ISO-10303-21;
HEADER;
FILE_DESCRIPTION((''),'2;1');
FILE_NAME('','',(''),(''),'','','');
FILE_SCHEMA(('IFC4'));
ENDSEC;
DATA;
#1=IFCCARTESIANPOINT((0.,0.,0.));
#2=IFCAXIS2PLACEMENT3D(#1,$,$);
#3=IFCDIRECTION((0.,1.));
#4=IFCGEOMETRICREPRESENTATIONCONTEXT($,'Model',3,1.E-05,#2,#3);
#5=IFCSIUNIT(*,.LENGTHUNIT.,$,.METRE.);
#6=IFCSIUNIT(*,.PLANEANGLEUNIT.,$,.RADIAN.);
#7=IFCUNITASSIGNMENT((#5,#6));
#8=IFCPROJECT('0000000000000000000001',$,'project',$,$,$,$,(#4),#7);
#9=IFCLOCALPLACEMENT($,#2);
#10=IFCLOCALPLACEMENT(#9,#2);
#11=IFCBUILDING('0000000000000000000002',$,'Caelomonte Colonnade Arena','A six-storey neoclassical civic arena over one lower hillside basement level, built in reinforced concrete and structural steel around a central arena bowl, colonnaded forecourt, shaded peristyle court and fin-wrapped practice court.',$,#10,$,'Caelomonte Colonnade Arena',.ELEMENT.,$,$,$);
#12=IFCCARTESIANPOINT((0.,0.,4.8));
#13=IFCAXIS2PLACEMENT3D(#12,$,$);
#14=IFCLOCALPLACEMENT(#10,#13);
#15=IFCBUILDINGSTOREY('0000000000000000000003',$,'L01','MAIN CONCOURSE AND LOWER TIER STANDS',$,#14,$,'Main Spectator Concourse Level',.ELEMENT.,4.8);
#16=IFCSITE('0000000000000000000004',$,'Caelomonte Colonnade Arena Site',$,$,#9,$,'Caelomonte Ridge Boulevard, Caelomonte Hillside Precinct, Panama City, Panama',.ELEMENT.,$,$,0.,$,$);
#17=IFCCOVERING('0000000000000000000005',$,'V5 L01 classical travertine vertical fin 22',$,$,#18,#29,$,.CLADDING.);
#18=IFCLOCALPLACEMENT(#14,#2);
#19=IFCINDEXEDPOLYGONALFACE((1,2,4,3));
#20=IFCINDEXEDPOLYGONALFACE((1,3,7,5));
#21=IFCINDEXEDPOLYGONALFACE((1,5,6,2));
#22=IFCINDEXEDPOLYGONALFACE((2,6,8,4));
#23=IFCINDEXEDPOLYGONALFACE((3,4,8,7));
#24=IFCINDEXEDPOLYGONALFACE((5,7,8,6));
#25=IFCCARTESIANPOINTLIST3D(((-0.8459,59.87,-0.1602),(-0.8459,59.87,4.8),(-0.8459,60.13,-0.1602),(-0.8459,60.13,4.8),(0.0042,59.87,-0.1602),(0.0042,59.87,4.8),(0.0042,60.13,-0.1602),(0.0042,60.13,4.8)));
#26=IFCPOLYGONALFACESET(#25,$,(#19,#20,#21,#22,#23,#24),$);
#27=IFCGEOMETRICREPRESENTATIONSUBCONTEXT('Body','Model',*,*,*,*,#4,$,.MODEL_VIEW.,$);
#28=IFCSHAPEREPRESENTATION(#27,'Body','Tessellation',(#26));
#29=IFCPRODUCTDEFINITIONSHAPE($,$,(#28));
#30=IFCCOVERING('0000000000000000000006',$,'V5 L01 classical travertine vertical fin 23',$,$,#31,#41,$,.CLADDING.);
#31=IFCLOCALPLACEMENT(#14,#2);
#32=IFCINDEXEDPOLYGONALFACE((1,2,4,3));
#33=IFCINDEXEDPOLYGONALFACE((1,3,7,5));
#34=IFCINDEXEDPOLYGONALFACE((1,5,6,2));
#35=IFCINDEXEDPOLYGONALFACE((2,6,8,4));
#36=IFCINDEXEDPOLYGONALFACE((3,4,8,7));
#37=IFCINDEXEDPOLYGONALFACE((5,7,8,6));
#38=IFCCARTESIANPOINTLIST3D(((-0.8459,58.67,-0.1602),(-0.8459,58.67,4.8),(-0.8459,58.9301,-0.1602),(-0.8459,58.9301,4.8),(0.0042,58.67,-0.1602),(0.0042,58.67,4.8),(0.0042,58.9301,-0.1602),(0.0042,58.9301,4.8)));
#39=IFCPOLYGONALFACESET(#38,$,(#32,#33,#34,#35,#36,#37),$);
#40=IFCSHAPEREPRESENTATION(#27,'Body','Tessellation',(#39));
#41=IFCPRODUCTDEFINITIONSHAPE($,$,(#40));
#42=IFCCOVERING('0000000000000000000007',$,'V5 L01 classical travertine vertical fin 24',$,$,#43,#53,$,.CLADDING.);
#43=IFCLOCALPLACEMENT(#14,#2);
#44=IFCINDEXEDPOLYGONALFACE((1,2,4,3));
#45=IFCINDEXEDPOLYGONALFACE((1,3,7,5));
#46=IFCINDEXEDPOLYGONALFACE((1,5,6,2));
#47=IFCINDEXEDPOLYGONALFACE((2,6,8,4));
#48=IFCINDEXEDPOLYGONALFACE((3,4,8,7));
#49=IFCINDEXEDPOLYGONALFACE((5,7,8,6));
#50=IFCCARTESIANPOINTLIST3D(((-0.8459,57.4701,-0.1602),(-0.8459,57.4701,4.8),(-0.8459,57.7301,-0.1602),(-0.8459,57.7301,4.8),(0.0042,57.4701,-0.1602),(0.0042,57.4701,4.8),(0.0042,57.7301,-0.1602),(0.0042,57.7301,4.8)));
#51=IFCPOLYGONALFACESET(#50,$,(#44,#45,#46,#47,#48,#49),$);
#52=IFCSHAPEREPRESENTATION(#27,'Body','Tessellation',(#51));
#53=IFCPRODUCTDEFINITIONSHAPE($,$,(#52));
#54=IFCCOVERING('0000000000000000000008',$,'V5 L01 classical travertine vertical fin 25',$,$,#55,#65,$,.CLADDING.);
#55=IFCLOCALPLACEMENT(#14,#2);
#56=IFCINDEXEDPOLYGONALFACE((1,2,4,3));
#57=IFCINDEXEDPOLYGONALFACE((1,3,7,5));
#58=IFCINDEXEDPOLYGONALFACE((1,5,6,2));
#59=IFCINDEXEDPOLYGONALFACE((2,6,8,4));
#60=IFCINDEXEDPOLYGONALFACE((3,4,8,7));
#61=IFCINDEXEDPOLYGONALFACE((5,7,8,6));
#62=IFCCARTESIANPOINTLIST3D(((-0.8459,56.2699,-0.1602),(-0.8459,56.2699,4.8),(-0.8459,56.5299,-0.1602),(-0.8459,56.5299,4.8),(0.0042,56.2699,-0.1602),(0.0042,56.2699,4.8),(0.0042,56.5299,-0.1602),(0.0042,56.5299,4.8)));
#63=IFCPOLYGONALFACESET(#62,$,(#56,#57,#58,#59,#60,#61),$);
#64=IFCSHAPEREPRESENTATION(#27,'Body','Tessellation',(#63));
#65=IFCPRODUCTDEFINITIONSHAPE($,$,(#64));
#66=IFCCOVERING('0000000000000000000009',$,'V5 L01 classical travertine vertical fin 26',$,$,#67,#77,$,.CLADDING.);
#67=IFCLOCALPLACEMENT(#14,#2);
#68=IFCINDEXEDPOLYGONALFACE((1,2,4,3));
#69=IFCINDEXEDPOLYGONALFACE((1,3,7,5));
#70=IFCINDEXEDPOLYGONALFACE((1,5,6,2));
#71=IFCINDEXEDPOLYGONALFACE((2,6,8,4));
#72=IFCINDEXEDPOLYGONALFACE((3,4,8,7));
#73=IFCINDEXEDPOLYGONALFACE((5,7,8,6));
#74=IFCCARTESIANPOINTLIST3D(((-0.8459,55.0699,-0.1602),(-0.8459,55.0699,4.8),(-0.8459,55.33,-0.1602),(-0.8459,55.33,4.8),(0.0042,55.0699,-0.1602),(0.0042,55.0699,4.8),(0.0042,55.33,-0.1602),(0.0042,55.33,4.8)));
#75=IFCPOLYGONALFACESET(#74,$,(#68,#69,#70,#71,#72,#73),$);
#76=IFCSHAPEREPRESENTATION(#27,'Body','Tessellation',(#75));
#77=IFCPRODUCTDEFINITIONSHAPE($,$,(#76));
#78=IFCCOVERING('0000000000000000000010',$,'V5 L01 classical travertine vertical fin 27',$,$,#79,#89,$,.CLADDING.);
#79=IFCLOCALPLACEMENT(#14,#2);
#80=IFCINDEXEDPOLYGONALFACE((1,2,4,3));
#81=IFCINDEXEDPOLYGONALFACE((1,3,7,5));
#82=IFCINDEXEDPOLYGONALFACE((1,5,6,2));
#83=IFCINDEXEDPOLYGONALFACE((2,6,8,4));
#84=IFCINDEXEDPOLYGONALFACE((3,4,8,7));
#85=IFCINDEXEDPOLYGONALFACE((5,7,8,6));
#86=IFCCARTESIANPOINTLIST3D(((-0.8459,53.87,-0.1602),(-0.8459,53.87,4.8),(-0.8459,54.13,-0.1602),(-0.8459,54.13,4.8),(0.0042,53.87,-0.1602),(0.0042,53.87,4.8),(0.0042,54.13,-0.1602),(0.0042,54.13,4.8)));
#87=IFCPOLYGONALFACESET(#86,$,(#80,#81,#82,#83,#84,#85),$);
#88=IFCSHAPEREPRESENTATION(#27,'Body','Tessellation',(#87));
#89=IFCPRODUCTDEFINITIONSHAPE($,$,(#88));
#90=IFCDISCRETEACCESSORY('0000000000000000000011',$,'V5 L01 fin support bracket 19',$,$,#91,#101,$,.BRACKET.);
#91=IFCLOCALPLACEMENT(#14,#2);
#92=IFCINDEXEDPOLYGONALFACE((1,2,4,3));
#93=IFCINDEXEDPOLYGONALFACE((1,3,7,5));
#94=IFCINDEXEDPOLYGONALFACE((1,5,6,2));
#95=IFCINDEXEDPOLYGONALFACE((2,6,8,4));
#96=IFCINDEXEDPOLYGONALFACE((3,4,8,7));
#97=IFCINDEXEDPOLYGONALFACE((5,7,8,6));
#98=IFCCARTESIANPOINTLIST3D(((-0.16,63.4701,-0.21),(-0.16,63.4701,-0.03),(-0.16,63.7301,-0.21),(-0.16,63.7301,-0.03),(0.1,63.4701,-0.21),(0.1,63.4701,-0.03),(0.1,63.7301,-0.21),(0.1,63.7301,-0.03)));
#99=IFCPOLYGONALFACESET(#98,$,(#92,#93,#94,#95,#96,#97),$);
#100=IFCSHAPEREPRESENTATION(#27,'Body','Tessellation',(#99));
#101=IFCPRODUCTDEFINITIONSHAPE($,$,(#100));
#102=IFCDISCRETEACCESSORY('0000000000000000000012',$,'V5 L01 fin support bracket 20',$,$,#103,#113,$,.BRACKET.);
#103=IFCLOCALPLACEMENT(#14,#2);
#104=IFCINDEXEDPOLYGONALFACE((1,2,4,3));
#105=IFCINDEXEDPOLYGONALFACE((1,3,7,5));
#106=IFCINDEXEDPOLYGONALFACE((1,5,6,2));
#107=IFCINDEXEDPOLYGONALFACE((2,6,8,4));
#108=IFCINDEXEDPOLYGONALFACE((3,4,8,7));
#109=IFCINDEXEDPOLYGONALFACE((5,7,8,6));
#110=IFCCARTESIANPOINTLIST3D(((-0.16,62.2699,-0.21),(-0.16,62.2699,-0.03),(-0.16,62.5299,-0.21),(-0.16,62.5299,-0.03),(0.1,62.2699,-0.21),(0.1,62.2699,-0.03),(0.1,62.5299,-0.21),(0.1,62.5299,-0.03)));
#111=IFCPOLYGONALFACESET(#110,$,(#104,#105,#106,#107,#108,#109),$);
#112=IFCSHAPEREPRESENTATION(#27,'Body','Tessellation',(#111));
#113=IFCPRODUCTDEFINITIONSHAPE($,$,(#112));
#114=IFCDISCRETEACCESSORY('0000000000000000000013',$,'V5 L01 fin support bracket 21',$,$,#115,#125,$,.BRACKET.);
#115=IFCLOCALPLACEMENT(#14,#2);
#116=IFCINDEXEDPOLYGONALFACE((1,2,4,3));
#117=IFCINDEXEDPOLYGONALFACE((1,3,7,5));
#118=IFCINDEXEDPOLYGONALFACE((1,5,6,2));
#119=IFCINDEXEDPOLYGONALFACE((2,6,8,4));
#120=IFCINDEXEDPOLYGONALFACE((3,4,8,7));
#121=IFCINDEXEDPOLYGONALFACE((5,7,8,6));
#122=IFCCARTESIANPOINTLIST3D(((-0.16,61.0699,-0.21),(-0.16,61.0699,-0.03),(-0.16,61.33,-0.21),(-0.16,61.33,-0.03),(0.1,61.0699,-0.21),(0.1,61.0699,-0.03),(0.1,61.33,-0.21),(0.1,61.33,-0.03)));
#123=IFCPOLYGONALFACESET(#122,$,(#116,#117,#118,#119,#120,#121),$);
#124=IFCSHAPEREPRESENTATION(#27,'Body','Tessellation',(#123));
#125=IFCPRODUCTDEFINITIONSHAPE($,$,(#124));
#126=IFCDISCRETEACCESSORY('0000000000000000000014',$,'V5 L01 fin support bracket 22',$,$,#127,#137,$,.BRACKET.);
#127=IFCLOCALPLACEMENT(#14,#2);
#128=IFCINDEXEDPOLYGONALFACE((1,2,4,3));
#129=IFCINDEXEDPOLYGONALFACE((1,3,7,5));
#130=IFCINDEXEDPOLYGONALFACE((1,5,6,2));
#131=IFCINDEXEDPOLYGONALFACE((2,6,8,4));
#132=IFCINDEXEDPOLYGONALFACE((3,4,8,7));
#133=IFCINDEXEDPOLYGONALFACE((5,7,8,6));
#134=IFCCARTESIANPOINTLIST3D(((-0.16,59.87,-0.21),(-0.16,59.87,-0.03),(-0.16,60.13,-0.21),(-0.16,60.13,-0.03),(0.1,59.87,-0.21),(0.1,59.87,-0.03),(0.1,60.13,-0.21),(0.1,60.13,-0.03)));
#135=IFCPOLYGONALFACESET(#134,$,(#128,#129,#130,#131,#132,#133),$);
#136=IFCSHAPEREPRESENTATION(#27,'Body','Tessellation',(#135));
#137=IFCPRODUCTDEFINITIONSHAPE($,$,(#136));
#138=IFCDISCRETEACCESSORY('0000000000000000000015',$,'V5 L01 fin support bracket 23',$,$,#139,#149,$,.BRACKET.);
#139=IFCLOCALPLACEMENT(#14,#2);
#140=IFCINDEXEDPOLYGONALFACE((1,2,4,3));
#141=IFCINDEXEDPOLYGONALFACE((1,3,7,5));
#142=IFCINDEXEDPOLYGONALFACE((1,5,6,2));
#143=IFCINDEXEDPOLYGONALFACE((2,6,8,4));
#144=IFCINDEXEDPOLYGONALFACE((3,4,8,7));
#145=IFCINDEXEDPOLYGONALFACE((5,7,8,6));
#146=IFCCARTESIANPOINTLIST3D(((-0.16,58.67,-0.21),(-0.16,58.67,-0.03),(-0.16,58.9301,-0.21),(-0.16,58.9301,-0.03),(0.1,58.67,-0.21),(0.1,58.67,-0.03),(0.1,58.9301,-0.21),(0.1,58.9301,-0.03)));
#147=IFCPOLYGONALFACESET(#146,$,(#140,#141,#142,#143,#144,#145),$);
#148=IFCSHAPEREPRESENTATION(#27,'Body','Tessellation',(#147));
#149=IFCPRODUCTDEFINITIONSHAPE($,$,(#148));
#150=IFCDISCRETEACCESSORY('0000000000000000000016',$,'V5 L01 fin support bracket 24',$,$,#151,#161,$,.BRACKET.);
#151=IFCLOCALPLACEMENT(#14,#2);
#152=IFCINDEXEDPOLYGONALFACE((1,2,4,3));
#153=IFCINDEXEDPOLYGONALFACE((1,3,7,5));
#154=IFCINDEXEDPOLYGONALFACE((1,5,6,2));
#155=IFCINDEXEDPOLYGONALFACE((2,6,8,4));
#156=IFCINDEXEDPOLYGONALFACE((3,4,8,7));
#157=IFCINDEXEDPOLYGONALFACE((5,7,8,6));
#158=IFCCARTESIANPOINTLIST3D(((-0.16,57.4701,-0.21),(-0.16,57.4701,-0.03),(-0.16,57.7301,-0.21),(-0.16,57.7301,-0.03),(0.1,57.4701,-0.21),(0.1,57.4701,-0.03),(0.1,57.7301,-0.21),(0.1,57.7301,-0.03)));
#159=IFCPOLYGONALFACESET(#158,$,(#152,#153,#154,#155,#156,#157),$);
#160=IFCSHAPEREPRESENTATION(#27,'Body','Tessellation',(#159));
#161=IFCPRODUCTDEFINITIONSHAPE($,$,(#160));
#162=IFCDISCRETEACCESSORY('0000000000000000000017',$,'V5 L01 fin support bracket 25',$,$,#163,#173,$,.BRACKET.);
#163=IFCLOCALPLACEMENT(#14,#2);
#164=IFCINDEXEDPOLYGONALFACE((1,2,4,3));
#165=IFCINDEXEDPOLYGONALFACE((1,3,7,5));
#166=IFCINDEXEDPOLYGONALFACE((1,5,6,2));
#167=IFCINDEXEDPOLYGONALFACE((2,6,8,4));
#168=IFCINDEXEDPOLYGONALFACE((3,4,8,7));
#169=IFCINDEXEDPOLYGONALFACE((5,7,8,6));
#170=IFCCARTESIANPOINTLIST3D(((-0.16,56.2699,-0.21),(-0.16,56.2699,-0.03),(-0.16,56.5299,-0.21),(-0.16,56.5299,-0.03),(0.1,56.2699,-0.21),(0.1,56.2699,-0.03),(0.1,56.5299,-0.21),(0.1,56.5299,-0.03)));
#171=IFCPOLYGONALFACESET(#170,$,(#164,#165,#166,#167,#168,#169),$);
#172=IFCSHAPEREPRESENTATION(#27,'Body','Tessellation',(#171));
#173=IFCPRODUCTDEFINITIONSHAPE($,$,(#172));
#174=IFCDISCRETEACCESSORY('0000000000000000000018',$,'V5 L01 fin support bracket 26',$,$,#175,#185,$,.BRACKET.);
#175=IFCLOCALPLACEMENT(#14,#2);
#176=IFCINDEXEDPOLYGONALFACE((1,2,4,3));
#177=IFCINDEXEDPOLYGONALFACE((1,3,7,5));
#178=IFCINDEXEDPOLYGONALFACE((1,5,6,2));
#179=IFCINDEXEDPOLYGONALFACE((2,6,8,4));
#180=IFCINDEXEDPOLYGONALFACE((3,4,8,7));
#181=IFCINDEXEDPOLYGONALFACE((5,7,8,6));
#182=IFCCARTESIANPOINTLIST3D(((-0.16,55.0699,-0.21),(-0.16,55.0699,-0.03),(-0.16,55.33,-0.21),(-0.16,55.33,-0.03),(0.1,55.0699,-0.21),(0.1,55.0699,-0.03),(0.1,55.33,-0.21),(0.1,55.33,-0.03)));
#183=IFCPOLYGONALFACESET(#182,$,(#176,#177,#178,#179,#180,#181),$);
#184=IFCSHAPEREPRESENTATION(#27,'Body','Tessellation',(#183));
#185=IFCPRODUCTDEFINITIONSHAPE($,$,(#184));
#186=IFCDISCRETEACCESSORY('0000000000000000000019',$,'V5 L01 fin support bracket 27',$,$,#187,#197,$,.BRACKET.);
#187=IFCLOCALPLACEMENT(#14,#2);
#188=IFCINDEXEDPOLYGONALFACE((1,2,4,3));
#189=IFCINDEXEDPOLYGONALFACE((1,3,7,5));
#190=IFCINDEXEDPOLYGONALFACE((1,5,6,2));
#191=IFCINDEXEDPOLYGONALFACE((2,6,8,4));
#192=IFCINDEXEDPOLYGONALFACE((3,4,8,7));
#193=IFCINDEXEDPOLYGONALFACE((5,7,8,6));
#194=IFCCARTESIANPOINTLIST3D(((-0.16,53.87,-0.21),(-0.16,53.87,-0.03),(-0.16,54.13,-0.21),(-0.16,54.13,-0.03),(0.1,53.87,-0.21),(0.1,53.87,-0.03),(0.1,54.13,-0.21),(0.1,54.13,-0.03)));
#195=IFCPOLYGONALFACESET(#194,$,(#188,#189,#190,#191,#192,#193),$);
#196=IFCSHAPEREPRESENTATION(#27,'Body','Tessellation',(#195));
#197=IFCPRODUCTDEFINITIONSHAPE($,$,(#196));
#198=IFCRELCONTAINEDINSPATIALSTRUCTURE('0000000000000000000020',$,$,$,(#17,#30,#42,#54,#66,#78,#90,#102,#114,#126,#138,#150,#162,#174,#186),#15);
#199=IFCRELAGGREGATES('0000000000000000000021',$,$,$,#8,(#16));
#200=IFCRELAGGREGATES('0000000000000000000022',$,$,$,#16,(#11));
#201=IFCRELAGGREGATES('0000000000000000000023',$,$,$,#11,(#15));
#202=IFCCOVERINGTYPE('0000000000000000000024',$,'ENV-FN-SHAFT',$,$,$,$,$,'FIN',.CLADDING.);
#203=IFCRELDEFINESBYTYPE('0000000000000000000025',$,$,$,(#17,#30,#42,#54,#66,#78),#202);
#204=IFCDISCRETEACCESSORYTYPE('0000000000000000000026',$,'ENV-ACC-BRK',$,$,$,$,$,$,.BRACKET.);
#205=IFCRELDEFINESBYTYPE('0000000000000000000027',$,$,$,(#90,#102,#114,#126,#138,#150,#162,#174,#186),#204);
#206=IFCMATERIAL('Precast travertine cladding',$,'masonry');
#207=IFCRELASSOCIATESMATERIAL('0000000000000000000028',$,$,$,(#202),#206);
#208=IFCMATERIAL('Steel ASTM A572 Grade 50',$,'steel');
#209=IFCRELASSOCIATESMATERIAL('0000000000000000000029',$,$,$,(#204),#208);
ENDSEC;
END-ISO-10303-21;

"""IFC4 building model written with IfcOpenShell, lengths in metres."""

from ifc_helpers import new_model, si_unit, direction, frame, origin, origin_2d, place, context, subcontext, project, spatial, rectangle, extrude, material, material_profile, profile_set, type_object, element, save


model = new_model("IFC4")

# Units and contexts
model_context = context("Model", 3, precision=1e-05, world=origin(), true_north=direction((0.0, 1.0)))
body_context = subcontext(model_context, "Body", "Model", "MODEL_VIEW")
ifc_project = project(units=[si_unit("LENGTHUNIT", "METRE"), si_unit("PLANEANGLEUNIT", "RADIAN")], contexts=[model_context])

# Site, building, storey
site_placement = place(None, origin())
site = spatial("IfcSite", under=ifc_project, at=site_placement, Name="Caelomonte Colonnade Arena Site", LongName="Caelomonte Ridge Boulevard, Caelomonte Hillside Precinct, Panama City, Panama", CompositionType="ELEMENT", RefElevation=0.0)
building_placement = place(site_placement, origin())
building = spatial("IfcBuilding", under=site, at=building_placement, Name="Caelomonte Colonnade Arena", Description="A six-storey neoclassical civic arena over one lower hillside basement level, built in reinforced concrete and structural steel around a central arena bowl, colonnaded forecourt, shaded peristyle court and fin-wrapped practice court.", LongName="Caelomonte Colonnade Arena", CompositionType="ELEMENT")
storey_placement = place(building_placement, frame((0.0, 0.0, 4.8)))
storey = spatial("IfcBuildingStorey", under=building, at=storey_placement, Name="L01", Description="MAIN CONCOURSE AND LOWER TIER STANDS", LongName="Main Spectator Concourse Level", CompositionType="ELEMENT", Elevation=4.8)

# Coverings
ifc_material_1 = material(Name="Precast travertine cladding", Category="masonry")
ifc_material_profile_1 = material_profile(ifc_material_1, rectangle(XDim=0.26, YDim=0.8501, at=origin_2d()), Name="FIN260X850")
ifc_profile_set_1 = profile_set([ifc_material_profile_1], Name="Precast travertine cladding")
covering_type = type_object("IfcCoveringType", Name="ENV-FN-SHAFT", ElementType="FIN", PredefinedType="CLADDING", material=ifc_profile_set_1)
for number, where, z_axis, x_axis, name in (
    (1, (-0.4209, 60.0, -0.1602), (0.0, 0.0, 1.0), (0.0, 1.0, 0.0), "V5 L01 classical travertine vertical fin 22"),
    (2, (-0.4209, 58.8, -0.1602), (0.0, 0.0, 1.0), (0.0, 1.0, 0.0), "V5 L01 classical travertine vertical fin 23"),
    (3, (-0.4209, 57.6001, -0.1602), (0.0, 0.0, 1.0), (0.0, 1.0, 0.0), "V5 L01 classical travertine vertical fin 24"),
    (4, (-0.4209, 56.3999, -0.1602), (0.0, 0.0, 1.0), (0.0, 1.0, 0.0), "V5 L01 classical travertine vertical fin 25"),
    (5, (-0.4209, 55.2, -0.1602), (0.0, 0.0, 1.0), (0.0, 1.0, 0.0), "V5 L01 classical travertine vertical fin 26"),
    (6, (-0.4209, 54.0, -0.1602), (0.0, 0.0, 1.0), (0.0, 1.0, 0.0), "V5 L01 classical travertine vertical fin 27"),
):
    element("IfcCovering", number, at=place(storey_placement, frame(where, z_axis=z_axis, x_axis=x_axis)), inside=storey, type_object=covering_type, Name=name, PredefinedType="CLADDING", context=body_context, shape_type="SweptSolid", body=[
        extrude(rectangle(XDim=0.26, YDim=0.8501, at=origin_2d()), origin(), (0.0, 0.0, 1.0), 4.9602),
    ])

# Discrete accessories
ifc_material_2 = material(Name="Steel ASTM A572 Grade 50", Category="steel")
discrete_accessory_type = type_object("IfcDiscreteAccessoryType", Name="ENV-ACC-BRK", PredefinedType="BRACKET", material=ifc_material_2)
for number, where, z_axis, x_axis, name in (
    (7, (-0.03, 63.6001, -0.21), (0.0, 0.0, 1.0), (0.0, -1.0, 0.0), "V5 L01 fin support bracket 19"),
    (8, (-0.03, 62.3999, -0.21), (0.0, 0.0, 1.0), (0.0, -1.0, 0.0), "V5 L01 fin support bracket 20"),
    (9, (-0.03, 61.2, -0.21), (0.0, 0.0, 1.0), (0.0, -1.0, 0.0), "V5 L01 fin support bracket 21"),
    (10, (-0.03, 60.0, -0.21), (0.0, 0.0, 1.0), (0.0, -1.0, 0.0), "V5 L01 fin support bracket 22"),
    (11, (-0.03, 58.8, -0.21), (0.0, 0.0, 1.0), (0.0, -1.0, 0.0), "V5 L01 fin support bracket 23"),
    (12, (-0.03, 57.6001, -0.21), (0.0, 0.0, 1.0), (0.0, -1.0, 0.0), "V5 L01 fin support bracket 24"),
    (13, (-0.03, 56.3999, -0.21), (0.0, 0.0, 1.0), (0.0, -1.0, 0.0), "V5 L01 fin support bracket 25"),
    (14, (-0.03, 55.2, -0.21), (0.0, 0.0, 1.0), (0.0, -1.0, 0.0), "V5 L01 fin support bracket 26"),
    (15, (-0.03, 54.0, -0.21), (0.0, 0.0, 1.0), (0.0, -1.0, 0.0), "V5 L01 fin support bracket 27"),
):
    element("IfcDiscreteAccessory", number, at=place(storey_placement, frame(where, z_axis=z_axis, x_axis=x_axis)), inside=storey, type_object=discrete_accessory_type, Name=name, PredefinedType="BRACKET", context=body_context, shape_type="SweptSolid", body=[
        extrude(rectangle(XDim=0.26, YDim=0.26, at=origin_2d()), origin(), (0.0, 0.0, 1.0), 0.1799),
    ])

save(model, "model.ifc")
